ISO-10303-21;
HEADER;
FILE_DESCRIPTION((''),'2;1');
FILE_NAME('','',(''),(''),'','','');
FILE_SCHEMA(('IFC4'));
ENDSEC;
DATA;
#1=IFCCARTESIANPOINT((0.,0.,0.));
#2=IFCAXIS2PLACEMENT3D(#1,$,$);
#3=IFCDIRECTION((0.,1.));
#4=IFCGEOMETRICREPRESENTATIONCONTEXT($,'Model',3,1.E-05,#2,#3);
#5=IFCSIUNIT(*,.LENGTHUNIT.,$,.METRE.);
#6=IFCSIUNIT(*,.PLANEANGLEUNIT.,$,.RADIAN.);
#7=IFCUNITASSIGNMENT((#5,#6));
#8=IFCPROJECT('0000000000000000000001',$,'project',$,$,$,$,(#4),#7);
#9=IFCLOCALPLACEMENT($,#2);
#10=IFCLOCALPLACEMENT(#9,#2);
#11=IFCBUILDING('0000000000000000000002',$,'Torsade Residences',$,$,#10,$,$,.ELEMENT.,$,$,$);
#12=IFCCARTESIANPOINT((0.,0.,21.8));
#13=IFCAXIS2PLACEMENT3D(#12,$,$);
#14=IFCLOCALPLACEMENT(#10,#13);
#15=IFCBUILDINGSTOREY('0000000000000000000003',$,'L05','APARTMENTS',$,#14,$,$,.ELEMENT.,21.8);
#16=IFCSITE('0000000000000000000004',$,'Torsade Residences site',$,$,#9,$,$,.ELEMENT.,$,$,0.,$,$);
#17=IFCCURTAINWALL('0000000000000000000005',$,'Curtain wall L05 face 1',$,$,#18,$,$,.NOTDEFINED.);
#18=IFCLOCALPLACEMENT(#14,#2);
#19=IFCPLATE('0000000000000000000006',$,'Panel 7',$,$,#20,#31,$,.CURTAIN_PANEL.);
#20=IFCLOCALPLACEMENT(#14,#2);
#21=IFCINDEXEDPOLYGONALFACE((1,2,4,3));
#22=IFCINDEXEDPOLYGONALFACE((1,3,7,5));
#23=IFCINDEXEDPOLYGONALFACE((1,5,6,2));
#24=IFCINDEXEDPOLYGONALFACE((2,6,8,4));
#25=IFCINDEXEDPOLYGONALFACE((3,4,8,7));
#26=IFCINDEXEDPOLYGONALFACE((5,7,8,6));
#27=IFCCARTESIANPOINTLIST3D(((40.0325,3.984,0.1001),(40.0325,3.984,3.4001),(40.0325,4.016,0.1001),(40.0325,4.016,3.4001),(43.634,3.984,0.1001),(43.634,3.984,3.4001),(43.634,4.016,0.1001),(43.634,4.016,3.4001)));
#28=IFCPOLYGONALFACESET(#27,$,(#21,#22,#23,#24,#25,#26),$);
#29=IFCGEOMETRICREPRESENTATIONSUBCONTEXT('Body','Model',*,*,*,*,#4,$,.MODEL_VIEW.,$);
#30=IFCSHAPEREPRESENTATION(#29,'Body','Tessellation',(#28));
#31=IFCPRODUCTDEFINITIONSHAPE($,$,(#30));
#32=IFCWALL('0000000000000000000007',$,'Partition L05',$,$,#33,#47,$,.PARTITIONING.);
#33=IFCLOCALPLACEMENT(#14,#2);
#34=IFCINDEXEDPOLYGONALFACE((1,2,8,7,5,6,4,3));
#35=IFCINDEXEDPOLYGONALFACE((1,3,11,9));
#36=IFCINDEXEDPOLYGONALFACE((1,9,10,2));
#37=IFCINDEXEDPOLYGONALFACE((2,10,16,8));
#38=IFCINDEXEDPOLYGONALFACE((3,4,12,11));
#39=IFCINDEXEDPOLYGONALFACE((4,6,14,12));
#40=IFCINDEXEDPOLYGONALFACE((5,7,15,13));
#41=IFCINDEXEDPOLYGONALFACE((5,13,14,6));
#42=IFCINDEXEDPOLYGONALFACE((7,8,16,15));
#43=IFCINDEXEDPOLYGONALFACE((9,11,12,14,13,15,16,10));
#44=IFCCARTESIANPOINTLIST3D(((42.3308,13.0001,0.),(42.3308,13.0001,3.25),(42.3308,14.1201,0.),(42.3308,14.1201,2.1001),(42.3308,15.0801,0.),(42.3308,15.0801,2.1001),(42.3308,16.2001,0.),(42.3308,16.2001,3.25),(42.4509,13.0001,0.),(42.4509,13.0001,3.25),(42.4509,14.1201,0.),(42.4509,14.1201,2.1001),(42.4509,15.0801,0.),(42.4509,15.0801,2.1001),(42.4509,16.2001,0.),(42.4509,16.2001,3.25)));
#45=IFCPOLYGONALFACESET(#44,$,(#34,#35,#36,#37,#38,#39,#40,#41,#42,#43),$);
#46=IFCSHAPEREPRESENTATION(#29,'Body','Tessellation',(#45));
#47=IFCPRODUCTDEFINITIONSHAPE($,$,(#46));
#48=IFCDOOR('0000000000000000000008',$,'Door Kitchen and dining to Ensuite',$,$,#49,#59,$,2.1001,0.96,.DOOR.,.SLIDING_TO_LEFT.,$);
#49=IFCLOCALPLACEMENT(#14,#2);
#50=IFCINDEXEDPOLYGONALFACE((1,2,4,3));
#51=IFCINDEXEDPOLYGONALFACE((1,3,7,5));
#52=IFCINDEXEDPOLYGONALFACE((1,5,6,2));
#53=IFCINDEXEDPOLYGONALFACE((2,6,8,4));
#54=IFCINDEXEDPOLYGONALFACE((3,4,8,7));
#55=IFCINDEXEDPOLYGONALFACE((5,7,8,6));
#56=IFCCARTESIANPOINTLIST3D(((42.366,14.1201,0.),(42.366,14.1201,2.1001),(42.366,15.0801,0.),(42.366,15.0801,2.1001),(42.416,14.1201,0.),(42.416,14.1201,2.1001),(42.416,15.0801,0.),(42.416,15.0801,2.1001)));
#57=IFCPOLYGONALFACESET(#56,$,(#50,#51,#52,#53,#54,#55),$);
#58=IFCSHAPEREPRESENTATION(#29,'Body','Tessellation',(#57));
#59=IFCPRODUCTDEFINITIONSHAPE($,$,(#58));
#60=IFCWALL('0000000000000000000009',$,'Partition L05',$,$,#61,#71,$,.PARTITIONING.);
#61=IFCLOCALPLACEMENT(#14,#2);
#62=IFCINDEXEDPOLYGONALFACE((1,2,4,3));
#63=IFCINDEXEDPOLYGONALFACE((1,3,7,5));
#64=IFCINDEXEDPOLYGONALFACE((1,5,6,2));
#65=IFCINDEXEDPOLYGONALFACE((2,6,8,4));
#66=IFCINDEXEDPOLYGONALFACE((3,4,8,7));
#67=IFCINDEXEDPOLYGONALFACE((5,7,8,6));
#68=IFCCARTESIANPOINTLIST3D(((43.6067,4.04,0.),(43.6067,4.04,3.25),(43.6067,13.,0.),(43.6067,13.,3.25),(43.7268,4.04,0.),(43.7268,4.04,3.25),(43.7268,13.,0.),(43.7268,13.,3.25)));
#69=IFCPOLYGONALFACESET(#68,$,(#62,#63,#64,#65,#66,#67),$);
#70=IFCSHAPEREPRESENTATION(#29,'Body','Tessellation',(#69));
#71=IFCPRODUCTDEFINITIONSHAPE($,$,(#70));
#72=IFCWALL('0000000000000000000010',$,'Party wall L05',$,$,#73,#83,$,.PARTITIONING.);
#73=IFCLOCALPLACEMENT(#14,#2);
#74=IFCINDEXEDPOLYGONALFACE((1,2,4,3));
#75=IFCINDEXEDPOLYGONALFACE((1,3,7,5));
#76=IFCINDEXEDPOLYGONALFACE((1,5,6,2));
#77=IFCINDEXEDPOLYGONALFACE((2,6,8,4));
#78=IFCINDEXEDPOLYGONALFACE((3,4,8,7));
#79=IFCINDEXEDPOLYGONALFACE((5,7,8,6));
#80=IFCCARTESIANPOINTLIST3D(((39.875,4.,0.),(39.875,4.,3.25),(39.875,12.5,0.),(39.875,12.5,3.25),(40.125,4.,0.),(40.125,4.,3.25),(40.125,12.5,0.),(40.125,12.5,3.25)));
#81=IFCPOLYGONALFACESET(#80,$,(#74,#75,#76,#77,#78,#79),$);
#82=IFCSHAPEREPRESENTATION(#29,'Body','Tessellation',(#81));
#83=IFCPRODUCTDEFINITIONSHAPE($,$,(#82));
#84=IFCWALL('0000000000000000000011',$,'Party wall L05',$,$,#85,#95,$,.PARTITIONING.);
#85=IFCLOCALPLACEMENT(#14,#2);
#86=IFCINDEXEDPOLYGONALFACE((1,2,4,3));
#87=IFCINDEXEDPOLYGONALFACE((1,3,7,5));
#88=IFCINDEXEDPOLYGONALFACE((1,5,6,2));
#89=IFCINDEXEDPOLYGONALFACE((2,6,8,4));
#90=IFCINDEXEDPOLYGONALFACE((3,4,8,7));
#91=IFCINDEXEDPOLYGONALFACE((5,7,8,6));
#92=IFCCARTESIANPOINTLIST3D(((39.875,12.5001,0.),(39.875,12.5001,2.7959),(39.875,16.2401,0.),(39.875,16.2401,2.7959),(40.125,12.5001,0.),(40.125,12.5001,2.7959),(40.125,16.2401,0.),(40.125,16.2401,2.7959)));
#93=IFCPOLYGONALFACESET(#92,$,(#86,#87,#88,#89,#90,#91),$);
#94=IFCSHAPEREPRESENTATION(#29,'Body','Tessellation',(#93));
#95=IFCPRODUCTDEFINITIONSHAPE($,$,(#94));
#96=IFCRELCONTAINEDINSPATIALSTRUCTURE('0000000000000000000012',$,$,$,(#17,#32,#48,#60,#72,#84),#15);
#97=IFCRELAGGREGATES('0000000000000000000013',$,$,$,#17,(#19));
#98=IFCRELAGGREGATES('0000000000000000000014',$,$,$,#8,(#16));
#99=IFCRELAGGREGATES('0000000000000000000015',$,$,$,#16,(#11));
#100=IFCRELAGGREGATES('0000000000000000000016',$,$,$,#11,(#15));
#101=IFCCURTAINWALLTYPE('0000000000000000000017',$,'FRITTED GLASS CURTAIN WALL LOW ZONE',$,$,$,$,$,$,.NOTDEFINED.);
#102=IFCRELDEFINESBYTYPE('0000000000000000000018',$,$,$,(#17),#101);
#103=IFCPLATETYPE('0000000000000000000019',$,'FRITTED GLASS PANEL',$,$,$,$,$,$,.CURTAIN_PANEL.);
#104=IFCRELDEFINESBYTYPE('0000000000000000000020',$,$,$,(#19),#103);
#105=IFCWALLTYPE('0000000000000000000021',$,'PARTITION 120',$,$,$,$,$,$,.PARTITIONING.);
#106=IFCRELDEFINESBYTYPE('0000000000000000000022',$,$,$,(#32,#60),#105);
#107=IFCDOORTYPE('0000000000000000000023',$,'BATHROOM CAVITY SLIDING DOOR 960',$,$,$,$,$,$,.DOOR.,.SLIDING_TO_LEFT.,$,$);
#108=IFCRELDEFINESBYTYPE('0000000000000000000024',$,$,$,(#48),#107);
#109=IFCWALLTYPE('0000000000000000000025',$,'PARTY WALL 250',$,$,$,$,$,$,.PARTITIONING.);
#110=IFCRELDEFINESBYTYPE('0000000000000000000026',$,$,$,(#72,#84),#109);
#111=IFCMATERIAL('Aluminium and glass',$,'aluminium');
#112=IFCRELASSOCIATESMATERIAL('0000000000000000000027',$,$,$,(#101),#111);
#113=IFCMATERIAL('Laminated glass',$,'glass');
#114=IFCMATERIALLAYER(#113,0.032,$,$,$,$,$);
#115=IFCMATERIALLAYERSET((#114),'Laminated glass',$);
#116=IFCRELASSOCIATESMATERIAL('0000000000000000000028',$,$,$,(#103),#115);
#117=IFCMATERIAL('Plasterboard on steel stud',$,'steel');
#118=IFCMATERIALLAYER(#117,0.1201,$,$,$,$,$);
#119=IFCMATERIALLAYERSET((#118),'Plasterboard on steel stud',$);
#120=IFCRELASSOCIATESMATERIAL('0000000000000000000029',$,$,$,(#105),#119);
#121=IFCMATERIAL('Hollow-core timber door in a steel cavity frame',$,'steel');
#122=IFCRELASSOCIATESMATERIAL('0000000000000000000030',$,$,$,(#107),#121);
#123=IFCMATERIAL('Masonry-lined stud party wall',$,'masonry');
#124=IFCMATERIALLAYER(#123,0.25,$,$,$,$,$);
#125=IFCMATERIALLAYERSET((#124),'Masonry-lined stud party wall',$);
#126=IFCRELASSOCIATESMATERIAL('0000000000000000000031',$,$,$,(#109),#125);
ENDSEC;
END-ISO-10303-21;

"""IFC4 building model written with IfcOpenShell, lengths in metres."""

from ifc_helpers import new_model, si_unit, direction, frame, frame_2d, origin, origin_2d, place, context, subcontext, project, spatial, rectangle, extrude, material, layer, layer_set, type_object, element, fill, aggregate, save


model = new_model("IFC4")

# Units and contexts
model_context = context("Model", 3, precision=1e-05, world=origin(), true_north=direction((0.0, 1.0)))
body_context = subcontext(model_context, "Body", "Model", "MODEL_VIEW")
ifc_project = project(units=[si_unit("LENGTHUNIT", "METRE"), si_unit("PLANEANGLEUNIT", "RADIAN")], contexts=[model_context])

# Site, building, storey
site_placement = place(None, origin())
site = spatial("IfcSite", under=ifc_project, at=site_placement, Name="Torsade Residences site", CompositionType="ELEMENT", RefElevation=0.0)
building_placement = place(site_placement, origin())
building = spatial("IfcBuilding", under=site, at=building_placement, Name="Torsade Residences", CompositionType="ELEMENT")
storey_placement = place(building_placement, frame((0.0, 0.0, 21.8)))
storey = spatial("IfcBuildingStorey", under=building, at=storey_placement, Name="L05", Description="APARTMENTS", CompositionType="ELEMENT", Elevation=21.8)

# Curtain wall
ifc_material_1 = material(Name="Aluminium and glass", Category="aluminium")
curtain_wall_type = type_object("IfcCurtainWallType", Name="FRITTED GLASS CURTAIN WALL LOW ZONE", PredefinedType="NOTDEFINED", material=ifc_material_1)
curtain_wall_placement = place(storey_placement, origin())
curtain_wall = element("IfcCurtainWall", 1, at=curtain_wall_placement, inside=storey, type_object=curtain_wall_type, Name="Curtain wall L05 face 1", PredefinedType="NOTDEFINED")

# Plate
ifc_material_2 = material(Name="Laminated glass", Category="glass")
ifc_layer_1 = layer(ifc_material_2, 0.032)
ifc_layer_set_1 = layer_set([ifc_layer_1], Name="Laminated glass")
plate_type = type_object("IfcPlateType", Name="FRITTED GLASS PANEL", PredefinedType="CURTAIN_PANEL", material=ifc_layer_set_1)
plate_placement = place(storey_placement, frame((41.8333, 4.0, 0.1001), z_axis=(0.0, 0.0, 1.0), x_axis=(1.0, 0.0, 0.0)))
plate = element("IfcPlate", 2, at=plate_placement, type_object=plate_type, Name="Panel 7", PredefinedType="CURTAIN_PANEL", context=body_context, shape_type="SweptSolid", body=[
    extrude(rectangle(XDim=3.6016, YDim=0.032, at=origin_2d()), origin(), (0.0, 0.0, 1.0), 3.3),
])
aggregate(curtain_wall, [plate])

# Wall, opening, door
ifc_material_3 = material(Name="Plasterboard on steel stud", Category="steel")
ifc_layer_2 = layer(ifc_material_3, 0.1201)
ifc_layer_set_2 = layer_set([ifc_layer_2], Name="Plasterboard on steel stud")
wall_type_1 = type_object("IfcWallType", Name="PARTITION 120", PredefinedType="PARTITIONING", material=ifc_layer_set_2)
wall_1_placement = place(storey_placement, frame((42.3909, 13.0, 0.0), z_axis=(0.0, 0.0, 1.0), x_axis=(0.0, 1.0, 0.0)))
wall_1 = element("IfcWall", 3, at=wall_1_placement, inside=storey, type_object=wall_type_1, Name="Partition L05", PredefinedType="PARTITIONING", context=body_context, shape_type="SweptSolid", body=[
    extrude(rectangle(XDim=3.2, YDim=0.1201, at=frame_2d((1.6001, 0.0))), origin(), (0.0, 0.0, 1.0), 3.25),
])
opening_placement = place(wall_1_placement, frame((1.1201, 0.0, 0.0)))
opening = element("IfcOpeningElement", 4, at=opening_placement, cuts=wall_1, PredefinedType="OPENING", context=body_context, shape_type="SweptSolid", body=[
    extrude(rectangle(XDim=0.96, YDim=2.1001, at=frame_2d((0.48, 1.05))), frame((0.0, 0.0701, 0.0), z_axis=(0.0, -1.0, 0.0), x_axis=(1.0, 0.0, 0.0)), (0.0, 0.0, 1.0), 0.1401),
])
ifc_material_4 = material(Name="Hollow-core timber door in a steel cavity frame", Category="steel")
door_type = type_object("IfcDoorType", Name="BATHROOM CAVITY SLIDING DOOR 960", OperationType="SLIDING_TO_LEFT", PredefinedType="DOOR", material=ifc_material_4)
door_placement = place(opening_placement, origin())
door = element("IfcDoor", 5, at=door_placement, inside=storey, type_object=door_type, Name="Door Kitchen and dining to Ensuite", OperationType="SLIDING_TO_LEFT", OverallHeight=2.1001, OverallWidth=0.96, PredefinedType="DOOR", context=body_context, shape_type="SweptSolid", body=[
    extrude(rectangle(XDim=0.96, YDim=2.1001, at=frame_2d((0.48, 1.05))), frame((0.0, 0.0249, 0.0), z_axis=(0.0, -1.0, 0.0), x_axis=(1.0, 0.0, 0.0)), (0.0, 0.0, 1.0), 0.05),
])
fill(opening, door)

# Walls
wall_2_placement = place(storey_placement, frame((43.6667, 13.0, 0.0), z_axis=(0.0, 0.0, 1.0), x_axis=(0.0, -1.0, 0.0)))
element("IfcWall", 6, at=wall_2_placement, inside=storey, type_object=wall_type_1, Name="Partition L05", PredefinedType="PARTITIONING", context=body_context, shape_type="SweptSolid", body=[
    extrude(rectangle(XDim=8.96, YDim=0.1201, at=frame_2d((4.48, 0.0))), origin(), (0.0, 0.0, 1.0), 3.25),
])
ifc_material_5 = material(Name="Masonry-lined stud party wall", Category="masonry")
ifc_layer_3 = layer(ifc_material_5, 0.25)
ifc_layer_set_3 = layer_set([ifc_layer_3], Name="Masonry-lined stud party wall")
wall_type_2 = type_object("IfcWallType", Name="PARTY WALL 250", PredefinedType="PARTITIONING", material=ifc_layer_set_3)
wall_3_placement = place(storey_placement, frame((40.0, 4.0, 0.0), z_axis=(0.0, 0.0, 1.0), x_axis=(0.0, 1.0, 0.0)))
element("IfcWall", 7, at=wall_3_placement, inside=storey, type_object=wall_type_2, Name="Party wall L05", PredefinedType="PARTITIONING", context=body_context, shape_type="SweptSolid", body=[
    extrude(rectangle(XDim=8.5, YDim=0.25, at=frame_2d((4.25, 0.0))), origin(), (0.0, 0.0, 1.0), 3.25),
])
wall_4_placement = place(storey_placement, frame((40.0, 12.5, 0.0), z_axis=(0.0, 0.0, 1.0), x_axis=(0.0, 1.0, 0.0)))
element("IfcWall", 8, at=wall_4_placement, inside=storey, type_object=wall_type_2, Name="Party wall L05", PredefinedType="PARTITIONING", context=body_context, shape_type="SweptSolid", body=[
    extrude(rectangle(XDim=3.74, YDim=0.25, at=frame_2d((1.8701, 0.0))), origin(), (0.0, 0.0, 1.0), 2.7959),
])

save(model, "model.ifc")
